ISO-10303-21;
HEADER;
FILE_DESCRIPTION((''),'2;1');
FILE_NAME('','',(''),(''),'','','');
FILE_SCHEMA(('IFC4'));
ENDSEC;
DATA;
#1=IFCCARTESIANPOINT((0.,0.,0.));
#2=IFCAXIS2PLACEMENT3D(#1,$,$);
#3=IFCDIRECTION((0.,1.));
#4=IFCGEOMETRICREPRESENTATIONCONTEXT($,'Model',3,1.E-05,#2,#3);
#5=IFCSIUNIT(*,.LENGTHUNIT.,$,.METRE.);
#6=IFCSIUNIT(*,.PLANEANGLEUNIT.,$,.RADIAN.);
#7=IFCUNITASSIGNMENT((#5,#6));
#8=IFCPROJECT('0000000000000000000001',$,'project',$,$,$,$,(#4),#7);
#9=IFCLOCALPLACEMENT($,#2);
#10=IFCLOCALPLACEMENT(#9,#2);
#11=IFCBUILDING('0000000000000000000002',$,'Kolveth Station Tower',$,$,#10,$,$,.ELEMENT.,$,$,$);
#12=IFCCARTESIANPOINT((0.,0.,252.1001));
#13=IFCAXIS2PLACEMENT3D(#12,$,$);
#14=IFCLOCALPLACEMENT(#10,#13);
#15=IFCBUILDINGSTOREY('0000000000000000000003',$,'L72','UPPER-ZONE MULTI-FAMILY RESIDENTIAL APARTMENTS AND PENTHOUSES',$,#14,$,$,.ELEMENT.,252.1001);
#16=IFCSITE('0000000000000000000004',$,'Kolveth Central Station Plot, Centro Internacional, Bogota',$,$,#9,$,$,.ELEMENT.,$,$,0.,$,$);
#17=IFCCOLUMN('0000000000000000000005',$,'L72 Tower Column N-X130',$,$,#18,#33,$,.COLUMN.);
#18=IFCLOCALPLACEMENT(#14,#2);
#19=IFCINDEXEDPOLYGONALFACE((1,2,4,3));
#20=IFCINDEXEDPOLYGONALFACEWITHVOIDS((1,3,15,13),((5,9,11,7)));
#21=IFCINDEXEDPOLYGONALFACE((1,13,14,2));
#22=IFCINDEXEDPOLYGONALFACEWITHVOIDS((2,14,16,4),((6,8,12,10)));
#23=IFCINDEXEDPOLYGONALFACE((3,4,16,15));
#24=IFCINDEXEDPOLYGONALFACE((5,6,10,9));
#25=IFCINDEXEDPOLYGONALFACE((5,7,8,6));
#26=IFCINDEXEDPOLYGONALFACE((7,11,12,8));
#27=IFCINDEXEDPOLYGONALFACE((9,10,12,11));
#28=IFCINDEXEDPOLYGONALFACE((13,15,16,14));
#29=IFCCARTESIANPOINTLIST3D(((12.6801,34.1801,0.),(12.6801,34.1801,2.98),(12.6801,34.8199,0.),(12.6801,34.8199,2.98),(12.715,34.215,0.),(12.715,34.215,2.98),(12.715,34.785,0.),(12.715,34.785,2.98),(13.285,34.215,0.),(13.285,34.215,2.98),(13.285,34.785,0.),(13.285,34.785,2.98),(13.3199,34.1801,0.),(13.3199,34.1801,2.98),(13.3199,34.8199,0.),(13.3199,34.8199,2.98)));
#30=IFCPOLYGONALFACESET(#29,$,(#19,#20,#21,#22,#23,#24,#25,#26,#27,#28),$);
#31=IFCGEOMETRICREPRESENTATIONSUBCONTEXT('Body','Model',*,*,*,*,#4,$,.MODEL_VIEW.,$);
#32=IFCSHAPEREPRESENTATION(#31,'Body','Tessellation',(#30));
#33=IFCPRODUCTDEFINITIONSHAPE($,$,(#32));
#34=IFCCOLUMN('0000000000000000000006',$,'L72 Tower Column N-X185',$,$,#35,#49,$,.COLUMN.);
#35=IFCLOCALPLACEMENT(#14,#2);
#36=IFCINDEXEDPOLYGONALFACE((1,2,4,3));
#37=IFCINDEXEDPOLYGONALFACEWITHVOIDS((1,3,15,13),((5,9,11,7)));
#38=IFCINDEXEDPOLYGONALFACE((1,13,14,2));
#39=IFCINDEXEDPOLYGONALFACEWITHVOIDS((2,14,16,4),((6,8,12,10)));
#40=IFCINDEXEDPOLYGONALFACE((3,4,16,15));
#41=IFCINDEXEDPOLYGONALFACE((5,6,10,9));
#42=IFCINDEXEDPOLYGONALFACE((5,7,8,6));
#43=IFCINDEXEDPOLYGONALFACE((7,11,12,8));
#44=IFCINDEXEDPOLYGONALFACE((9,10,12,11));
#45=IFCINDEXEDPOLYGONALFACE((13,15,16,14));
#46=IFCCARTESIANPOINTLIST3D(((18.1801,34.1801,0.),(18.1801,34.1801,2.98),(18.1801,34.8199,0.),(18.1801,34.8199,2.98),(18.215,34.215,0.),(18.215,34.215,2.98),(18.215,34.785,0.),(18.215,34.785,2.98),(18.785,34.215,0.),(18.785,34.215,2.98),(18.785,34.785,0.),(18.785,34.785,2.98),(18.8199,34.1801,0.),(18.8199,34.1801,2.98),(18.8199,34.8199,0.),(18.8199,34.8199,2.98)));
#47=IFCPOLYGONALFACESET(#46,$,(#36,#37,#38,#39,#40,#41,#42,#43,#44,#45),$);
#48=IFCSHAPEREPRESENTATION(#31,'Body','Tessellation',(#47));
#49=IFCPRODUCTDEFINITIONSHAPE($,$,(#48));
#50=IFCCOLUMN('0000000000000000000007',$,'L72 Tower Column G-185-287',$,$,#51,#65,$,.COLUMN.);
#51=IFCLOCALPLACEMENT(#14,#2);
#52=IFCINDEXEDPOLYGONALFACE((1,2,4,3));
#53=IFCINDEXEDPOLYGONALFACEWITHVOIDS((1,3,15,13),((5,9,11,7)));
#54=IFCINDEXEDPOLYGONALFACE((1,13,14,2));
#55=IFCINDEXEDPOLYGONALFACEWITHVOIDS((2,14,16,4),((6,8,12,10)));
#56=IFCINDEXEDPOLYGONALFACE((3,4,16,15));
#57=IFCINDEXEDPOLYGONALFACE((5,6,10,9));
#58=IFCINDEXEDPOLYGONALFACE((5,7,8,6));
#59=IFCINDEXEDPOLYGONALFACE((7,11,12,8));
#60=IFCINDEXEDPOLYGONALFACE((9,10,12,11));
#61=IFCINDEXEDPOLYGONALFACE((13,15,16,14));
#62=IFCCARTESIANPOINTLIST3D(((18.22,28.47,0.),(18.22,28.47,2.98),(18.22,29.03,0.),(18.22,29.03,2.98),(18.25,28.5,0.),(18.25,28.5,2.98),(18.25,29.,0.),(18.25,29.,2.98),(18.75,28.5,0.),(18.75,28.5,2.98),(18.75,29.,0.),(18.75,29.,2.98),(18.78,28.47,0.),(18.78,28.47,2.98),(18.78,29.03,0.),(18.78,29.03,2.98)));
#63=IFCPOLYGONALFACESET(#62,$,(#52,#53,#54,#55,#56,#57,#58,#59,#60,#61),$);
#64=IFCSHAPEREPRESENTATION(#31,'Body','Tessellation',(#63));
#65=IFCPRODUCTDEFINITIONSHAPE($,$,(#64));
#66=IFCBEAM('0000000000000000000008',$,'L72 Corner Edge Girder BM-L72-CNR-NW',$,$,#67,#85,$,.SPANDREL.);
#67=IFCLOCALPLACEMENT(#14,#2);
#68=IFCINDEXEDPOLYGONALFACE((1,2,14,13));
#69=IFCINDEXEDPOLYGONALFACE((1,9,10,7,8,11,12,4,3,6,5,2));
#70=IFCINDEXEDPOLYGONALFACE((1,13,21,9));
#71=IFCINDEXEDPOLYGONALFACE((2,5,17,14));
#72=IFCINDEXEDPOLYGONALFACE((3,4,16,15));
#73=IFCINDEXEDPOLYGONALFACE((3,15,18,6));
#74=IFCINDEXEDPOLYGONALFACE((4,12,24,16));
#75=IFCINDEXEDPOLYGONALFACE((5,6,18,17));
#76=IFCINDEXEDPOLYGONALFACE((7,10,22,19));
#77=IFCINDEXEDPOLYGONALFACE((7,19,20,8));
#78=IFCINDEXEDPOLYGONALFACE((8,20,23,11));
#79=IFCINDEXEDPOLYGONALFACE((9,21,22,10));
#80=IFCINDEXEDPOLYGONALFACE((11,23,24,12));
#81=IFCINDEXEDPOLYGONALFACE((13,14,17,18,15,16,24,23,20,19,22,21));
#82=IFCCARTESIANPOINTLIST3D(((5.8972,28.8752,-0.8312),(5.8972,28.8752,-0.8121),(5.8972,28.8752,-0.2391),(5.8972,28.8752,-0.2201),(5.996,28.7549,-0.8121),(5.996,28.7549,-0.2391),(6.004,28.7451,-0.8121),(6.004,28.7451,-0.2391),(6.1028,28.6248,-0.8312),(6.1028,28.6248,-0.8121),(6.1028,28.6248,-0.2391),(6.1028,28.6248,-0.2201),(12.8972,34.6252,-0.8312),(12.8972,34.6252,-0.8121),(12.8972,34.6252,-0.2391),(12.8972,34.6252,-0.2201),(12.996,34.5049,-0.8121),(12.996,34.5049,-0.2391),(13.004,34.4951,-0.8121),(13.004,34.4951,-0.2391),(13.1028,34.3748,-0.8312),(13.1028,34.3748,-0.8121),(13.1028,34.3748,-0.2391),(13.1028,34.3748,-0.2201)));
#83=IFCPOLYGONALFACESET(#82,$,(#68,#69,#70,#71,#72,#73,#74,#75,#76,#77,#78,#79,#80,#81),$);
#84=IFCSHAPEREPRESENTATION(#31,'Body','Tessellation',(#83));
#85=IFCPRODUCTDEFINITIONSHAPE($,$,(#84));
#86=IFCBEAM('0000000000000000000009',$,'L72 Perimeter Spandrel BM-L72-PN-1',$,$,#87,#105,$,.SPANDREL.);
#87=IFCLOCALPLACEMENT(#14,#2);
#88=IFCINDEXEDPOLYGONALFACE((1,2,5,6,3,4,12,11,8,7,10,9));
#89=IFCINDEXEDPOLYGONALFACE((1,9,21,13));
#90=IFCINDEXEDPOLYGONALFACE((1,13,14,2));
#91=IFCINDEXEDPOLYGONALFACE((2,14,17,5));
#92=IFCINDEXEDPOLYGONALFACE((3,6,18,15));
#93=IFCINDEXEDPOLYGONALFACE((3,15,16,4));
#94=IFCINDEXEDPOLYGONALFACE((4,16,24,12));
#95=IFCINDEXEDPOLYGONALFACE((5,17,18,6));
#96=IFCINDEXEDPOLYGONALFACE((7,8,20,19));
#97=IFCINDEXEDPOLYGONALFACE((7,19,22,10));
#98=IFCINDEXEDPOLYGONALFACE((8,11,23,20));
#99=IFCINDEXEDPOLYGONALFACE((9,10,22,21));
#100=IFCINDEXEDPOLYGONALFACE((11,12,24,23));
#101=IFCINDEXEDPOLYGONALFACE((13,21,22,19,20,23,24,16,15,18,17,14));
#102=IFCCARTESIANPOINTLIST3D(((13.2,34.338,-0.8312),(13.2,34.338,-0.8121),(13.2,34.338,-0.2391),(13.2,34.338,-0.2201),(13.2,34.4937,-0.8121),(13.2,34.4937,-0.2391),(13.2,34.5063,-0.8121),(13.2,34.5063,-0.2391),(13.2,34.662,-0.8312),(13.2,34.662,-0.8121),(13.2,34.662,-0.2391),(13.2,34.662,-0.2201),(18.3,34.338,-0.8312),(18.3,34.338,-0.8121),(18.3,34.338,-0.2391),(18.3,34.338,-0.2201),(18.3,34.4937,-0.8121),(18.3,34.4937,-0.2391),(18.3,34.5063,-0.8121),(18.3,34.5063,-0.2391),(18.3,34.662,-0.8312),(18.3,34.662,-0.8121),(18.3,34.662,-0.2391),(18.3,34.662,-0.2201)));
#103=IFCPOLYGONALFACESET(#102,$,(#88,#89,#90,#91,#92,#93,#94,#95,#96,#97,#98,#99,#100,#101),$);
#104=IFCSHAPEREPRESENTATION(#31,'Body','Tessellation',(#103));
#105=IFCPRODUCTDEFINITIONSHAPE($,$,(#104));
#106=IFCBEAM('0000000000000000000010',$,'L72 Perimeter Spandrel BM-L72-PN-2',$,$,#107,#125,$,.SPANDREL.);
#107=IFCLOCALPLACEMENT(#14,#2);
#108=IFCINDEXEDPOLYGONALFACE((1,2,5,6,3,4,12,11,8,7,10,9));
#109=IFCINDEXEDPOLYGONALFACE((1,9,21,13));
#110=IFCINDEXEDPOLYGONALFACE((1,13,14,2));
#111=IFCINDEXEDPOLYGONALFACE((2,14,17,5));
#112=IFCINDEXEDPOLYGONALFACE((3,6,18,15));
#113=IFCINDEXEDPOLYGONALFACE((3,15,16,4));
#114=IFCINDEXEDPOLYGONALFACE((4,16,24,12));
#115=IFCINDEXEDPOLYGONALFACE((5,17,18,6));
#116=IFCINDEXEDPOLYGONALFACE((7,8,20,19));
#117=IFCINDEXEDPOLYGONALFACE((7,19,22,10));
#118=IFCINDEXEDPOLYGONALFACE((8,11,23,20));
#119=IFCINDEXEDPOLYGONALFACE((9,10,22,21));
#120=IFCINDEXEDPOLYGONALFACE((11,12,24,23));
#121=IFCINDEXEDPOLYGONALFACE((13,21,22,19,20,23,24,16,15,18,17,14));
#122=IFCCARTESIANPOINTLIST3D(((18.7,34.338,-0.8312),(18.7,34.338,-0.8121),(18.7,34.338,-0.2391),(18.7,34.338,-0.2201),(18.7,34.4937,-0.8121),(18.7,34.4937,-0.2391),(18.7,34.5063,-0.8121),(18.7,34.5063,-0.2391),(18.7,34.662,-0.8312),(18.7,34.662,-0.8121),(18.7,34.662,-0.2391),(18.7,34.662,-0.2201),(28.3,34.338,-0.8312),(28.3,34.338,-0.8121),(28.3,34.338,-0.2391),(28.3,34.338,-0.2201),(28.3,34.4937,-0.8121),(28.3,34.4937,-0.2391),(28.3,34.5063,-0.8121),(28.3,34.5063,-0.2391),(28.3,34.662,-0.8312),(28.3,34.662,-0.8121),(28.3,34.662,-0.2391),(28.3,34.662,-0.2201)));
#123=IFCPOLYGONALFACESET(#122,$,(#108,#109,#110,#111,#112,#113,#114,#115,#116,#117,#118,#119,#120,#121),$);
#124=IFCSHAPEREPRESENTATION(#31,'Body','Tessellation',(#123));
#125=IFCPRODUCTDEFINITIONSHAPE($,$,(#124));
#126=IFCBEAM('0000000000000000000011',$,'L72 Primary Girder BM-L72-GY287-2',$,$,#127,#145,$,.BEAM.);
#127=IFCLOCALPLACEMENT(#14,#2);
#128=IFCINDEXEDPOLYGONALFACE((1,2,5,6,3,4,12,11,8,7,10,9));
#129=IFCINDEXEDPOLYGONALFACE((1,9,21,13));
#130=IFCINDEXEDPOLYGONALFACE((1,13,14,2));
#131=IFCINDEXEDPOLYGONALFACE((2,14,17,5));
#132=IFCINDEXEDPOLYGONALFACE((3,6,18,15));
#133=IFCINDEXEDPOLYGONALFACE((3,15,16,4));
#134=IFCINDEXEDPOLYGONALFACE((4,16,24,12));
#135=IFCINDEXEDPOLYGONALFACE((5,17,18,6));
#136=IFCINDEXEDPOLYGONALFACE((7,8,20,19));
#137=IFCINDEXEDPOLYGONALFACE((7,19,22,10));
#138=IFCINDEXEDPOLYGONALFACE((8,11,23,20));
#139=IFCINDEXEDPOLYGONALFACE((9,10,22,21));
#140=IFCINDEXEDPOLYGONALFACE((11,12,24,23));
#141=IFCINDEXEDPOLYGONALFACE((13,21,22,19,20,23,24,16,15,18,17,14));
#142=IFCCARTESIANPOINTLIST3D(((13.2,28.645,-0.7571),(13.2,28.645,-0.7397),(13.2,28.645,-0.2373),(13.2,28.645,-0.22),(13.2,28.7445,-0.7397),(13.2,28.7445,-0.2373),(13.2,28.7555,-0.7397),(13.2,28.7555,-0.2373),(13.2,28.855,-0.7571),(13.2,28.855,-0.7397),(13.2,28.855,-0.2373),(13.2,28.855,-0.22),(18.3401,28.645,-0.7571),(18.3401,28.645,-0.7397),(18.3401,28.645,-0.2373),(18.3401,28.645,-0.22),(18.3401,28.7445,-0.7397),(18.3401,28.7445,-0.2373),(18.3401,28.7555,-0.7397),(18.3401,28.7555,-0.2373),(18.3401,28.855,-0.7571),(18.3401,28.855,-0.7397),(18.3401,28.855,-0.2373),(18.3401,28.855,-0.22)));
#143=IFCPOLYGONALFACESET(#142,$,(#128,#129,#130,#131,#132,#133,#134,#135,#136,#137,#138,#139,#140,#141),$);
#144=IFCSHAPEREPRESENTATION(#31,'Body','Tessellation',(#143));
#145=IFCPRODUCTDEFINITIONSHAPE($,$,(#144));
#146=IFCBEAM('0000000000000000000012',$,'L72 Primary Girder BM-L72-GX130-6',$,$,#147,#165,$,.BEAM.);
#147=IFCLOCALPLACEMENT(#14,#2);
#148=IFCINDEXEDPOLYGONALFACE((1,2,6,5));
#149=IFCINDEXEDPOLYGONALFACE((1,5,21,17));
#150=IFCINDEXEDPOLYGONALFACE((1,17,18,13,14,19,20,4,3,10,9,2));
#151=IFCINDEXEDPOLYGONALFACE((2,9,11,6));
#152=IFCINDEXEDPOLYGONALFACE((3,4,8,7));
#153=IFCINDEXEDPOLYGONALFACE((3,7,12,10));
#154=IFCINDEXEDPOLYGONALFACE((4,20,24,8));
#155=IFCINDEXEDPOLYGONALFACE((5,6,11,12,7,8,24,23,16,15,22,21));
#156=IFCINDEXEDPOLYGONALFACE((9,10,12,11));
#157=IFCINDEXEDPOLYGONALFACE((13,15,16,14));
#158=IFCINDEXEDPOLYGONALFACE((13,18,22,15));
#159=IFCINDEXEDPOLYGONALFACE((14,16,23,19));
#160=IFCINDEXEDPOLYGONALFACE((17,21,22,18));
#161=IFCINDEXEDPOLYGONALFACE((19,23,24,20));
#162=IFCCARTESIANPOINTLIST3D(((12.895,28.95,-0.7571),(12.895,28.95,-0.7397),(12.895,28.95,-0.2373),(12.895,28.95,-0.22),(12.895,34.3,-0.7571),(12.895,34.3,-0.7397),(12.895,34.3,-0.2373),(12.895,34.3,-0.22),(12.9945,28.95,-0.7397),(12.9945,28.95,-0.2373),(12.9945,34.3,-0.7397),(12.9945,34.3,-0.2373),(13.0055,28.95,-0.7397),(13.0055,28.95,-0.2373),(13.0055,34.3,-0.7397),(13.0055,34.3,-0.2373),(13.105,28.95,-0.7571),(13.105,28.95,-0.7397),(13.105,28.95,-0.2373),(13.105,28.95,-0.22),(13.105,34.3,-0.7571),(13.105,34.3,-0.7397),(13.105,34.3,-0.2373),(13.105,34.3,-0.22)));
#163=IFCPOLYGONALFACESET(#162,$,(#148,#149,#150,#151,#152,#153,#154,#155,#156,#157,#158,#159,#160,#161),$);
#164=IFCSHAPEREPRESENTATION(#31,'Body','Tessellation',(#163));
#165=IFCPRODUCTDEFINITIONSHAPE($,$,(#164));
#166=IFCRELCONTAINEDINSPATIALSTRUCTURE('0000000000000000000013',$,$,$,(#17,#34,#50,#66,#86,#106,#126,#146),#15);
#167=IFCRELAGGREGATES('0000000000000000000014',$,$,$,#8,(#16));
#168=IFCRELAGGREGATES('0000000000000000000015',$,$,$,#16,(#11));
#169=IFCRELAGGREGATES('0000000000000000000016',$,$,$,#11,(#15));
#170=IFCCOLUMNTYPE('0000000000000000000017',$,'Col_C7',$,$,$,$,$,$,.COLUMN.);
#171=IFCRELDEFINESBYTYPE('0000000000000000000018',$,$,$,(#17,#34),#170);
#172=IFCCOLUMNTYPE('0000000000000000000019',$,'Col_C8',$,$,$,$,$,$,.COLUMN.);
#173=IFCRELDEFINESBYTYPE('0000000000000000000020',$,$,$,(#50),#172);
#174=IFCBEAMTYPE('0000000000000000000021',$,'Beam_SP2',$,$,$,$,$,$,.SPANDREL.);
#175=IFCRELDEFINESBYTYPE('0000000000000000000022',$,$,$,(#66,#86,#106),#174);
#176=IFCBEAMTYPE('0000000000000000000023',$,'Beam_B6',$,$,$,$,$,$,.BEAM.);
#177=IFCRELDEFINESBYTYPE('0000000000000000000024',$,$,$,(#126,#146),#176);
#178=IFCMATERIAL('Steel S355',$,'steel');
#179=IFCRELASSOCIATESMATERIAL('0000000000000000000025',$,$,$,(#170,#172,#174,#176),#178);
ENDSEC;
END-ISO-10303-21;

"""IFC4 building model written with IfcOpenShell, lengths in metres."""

from ifc_helpers import new_model, si_unit, direction, frame, origin, origin_2d, place, context, subcontext, project, spatial, hollow_rectangle, i_section, extrude, source, transform, mapped, material, material_profile, profile_set, type_object, element, save


model = new_model("IFC4")

# Units and contexts
model_context = context("Model", 3, precision=1e-05, world=origin(), true_north=direction((0.0, 1.0)))
body_context = subcontext(model_context, "Body", "Model", "MODEL_VIEW")
ifc_project = project(units=[si_unit("LENGTHUNIT", "METRE"), si_unit("PLANEANGLEUNIT", "RADIAN")], contexts=[model_context])

# Site, building, storey
site_placement = place(None, origin())
site = spatial("IfcSite", under=ifc_project, at=site_placement, Name="Kolveth Central Station Plot, Centro Internacional, Bogota", CompositionType="ELEMENT", RefElevation=0.0)
building_placement = place(site_placement, origin())
building = spatial("IfcBuilding", under=site, at=building_placement, Name="Kolveth Station Tower", CompositionType="ELEMENT")
storey_placement = place(building_placement, frame((0.0, 0.0, 252.1001)))
storey = spatial("IfcBuildingStorey", under=building, at=storey_placement, Name="L72", Description="UPPER-ZONE MULTI-FAMILY RESIDENTIAL APARTMENTS AND PENTHOUSES", CompositionType="ELEMENT", Elevation=252.1001)

# Columns
ifc_material_1 = material(Name="Steel S355", Category="steel")
ifc_material_profile_1 = material_profile(ifc_material_1, hollow_rectangle(XDim=0.6399, YDim=0.6399, WallThickness=0.0349, at=origin_2d()), Name="BOX640x640x35")
ifc_profile_set_1 = profile_set([ifc_material_profile_1], Name="Steel S355")
column_type_1 = type_object("IfcColumnType", Name="Col_C7", PredefinedType="COLUMN", material=ifc_profile_set_1)
shared_shape_1 = source(origin(), body_context, "Body", "SweptSolid", [
    extrude(hollow_rectangle(XDim=0.6399, YDim=0.6399, WallThickness=0.0349, at=origin_2d()), origin(), (0.0, 0.0, 1.0), 2.98),
])
for number, where, z_axis, x_axis, name in (
    (1, (13.0, 34.5, 0.0), (0.0, 0.0, 1.0), (1.0, 0.0, 0.0), "L72 Tower Column N-X130"),
    (2, (18.5, 34.5, 0.0), (0.0, 0.0, 1.0), (1.0, 0.0, 0.0), "L72 Tower Column N-X185"),
):
    element("IfcColumn", number, at=place(storey_placement, frame(where, z_axis=z_axis, x_axis=x_axis)), inside=storey, type_object=column_type_1, Name=name, PredefinedType="COLUMN", context=body_context, shape_type="MappedRepresentation", body=[
        mapped(shared_shape_1, transform((0.0, 0.0, 0.0), x_axis=(1.0, 0.0, 0.0), y_axis=(0.0, 1.0, 0.0), z_axis=(0.0, 0.0, 1.0), scale=1.0)),
    ])
ifc_material_profile_2 = material_profile(ifc_material_1, hollow_rectangle(XDim=0.5601, YDim=0.5601, WallThickness=0.03, at=origin_2d()), Name="BOX560x560x30")
ifc_profile_set_2 = profile_set([ifc_material_profile_2], Name="Steel S355")
column_type_2 = type_object("IfcColumnType", Name="Col_C8", PredefinedType="COLUMN", material=ifc_profile_set_2)
shared_shape_2 = source(origin(), body_context, "Body", "SweptSolid", [
    extrude(hollow_rectangle(XDim=0.5601, YDim=0.5601, WallThickness=0.03, at=origin_2d()), origin(), (0.0, 0.0, 1.0), 2.98),
])
column_placement = place(storey_placement, frame((18.5, 28.75, 0.0), z_axis=(0.0, 0.0, 1.0), x_axis=(1.0, 0.0, 0.0)))
element("IfcColumn", 3, at=column_placement, inside=storey, type_object=column_type_2, Name="L72 Tower Column G-185-287", PredefinedType="COLUMN", context=body_context, shape_type="MappedRepresentation", body=[
    mapped(shared_shape_2, transform((0.0, 0.0, 0.0), x_axis=(1.0, 0.0, 0.0), y_axis=(0.0, 1.0, 0.0), z_axis=(0.0, 0.0, 1.0), scale=1.0)),
])

# Beams
ifc_material_profile_3 = material_profile(ifc_material_1, i_section(OverallWidth=0.324, OverallDepth=0.6111, WebThickness=0.0127, FlangeThickness=0.019, at=origin_2d()), Name="W610x155")
ifc_profile_set_3 = profile_set([ifc_material_profile_3], Name="Steel S355")
beam_type_1 = type_object("IfcBeamType", Name="Beam_SP2", PredefinedType="SPANDREL", material=ifc_profile_set_3)
shared_shape_3 = source(origin(), body_context, "Body", "SweptSolid", [
    extrude(i_section(OverallWidth=0.324, OverallDepth=0.6111, WebThickness=0.0127, FlangeThickness=0.019, at=origin_2d()), origin(), (0.0, 0.0, 1.0), 9.0588),
])
beam_1_placement = place(storey_placement, frame((13.0, 34.5, -0.5256), z_axis=(-0.772726, -0.634739, 0.0), x_axis=(0.634739, -0.772726, 0.0)))
element("IfcBeam", 4, at=beam_1_placement, inside=storey, type_object=beam_type_1, Name="L72 Corner Edge Girder BM-L72-CNR-NW", PredefinedType="SPANDREL", context=body_context, shape_type="MappedRepresentation", body=[
    mapped(shared_shape_3, transform((0.0, 0.0, 0.0), x_axis=(1.0, 0.0, 0.0), y_axis=(0.0, 1.0, 0.0), z_axis=(0.0, 0.0, 1.0), scale=1.0)),
])
shared_shape_4 = source(origin(), body_context, "Body", "SweptSolid", [
    extrude(i_section(OverallWidth=0.324, OverallDepth=0.6111, WebThickness=0.0127, FlangeThickness=0.019, at=origin_2d()), origin(), (0.0, 0.0, 1.0), 5.1001),
])
beam_2_placement = place(storey_placement, frame((13.2, 34.5, -0.5256), z_axis=(1.0, 0.0, 0.0), x_axis=(0.0, 1.0, 0.0)))
element("IfcBeam", 5, at=beam_2_placement, inside=storey, type_object=beam_type_1, Name="L72 Perimeter Spandrel BM-L72-PN-1", PredefinedType="SPANDREL", context=body_context, shape_type="MappedRepresentation", body=[
    mapped(shared_shape_4, transform((0.0, 0.0, 0.0), x_axis=(1.0, 0.0, 0.0), y_axis=(0.0, 1.0, 0.0), z_axis=(0.0, 0.0, 1.0), scale=1.0)),
])
shared_shape_5 = source(origin(), body_context, "Body", "SweptSolid", [
    extrude(i_section(OverallWidth=0.324, OverallDepth=0.6111, WebThickness=0.0127, FlangeThickness=0.019, at=origin_2d()), origin(), (0.0, 0.0, 1.0), 9.6001),
])
beam_3_placement = place(storey_placement, frame((18.7, 34.5, -0.5256), z_axis=(1.0, 0.0, 0.0), x_axis=(0.0, 1.0, 0.0)))
element("IfcBeam", 6, at=beam_3_placement, inside=storey, type_object=beam_type_1, Name="L72 Perimeter Spandrel BM-L72-PN-2", PredefinedType="SPANDREL", context=body_context, shape_type="MappedRepresentation", body=[
    mapped(shared_shape_5, transform((0.0, 0.0, 0.0), x_axis=(1.0, 0.0, 0.0), y_axis=(0.0, 1.0, 0.0), z_axis=(0.0, 0.0, 1.0), scale=1.0)),
])
ifc_material_profile_4 = material_profile(ifc_material_1, i_section(OverallWidth=0.21, OverallDepth=0.5371, WebThickness=0.011, FlangeThickness=0.0173, at=origin_2d()), Name="W530x101")
ifc_profile_set_4 = profile_set([ifc_material_profile_4], Name="Steel S355")
beam_type_2 = type_object("IfcBeamType", Name="Beam_B6", PredefinedType="BEAM", material=ifc_profile_set_4)
shared_shape_6 = source(origin(), body_context, "Body", "SweptSolid", [
    extrude(i_section(OverallWidth=0.21, OverallDepth=0.5371, WebThickness=0.011, FlangeThickness=0.0173, at=origin_2d()), origin(), (0.0, 0.0, 1.0), 5.1401),
])
beam_4_placement = place(storey_placement, frame((13.2, 28.75, -0.4885), z_axis=(1.0, 0.0, 0.0), x_axis=(0.0, 1.0, 0.0)))
element("IfcBeam", 7, at=beam_4_placement, inside=storey, type_object=beam_type_2, Name="L72 Primary Girder BM-L72-GY287-2", PredefinedType="BEAM", context=body_context, shape_type="MappedRepresentation", body=[
    mapped(shared_shape_6, transform((0.0, 0.0, 0.0), x_axis=(1.0, 0.0, 0.0), y_axis=(0.0, 1.0, 0.0), z_axis=(0.0, 0.0, 1.0), scale=1.0)),
])
shared_shape_7 = source(origin(), body_context, "Body", "SweptSolid", [
    extrude(i_section(OverallWidth=0.21, OverallDepth=0.5371, WebThickness=0.011, FlangeThickness=0.0173, at=origin_2d()), origin(), (0.0, 0.0, 1.0), 5.3501),
])
beam_5_placement = place(storey_placement, frame((13.0, 28.95, -0.4885), z_axis=(0.0, 1.0, 0.0), x_axis=(-1.0, 0.0, 0.0)))
element("IfcBeam", 8, at=beam_5_placement, inside=storey, type_object=beam_type_2, Name="L72 Primary Girder BM-L72-GX130-6", PredefinedType="BEAM", context=body_context, shape_type="MappedRepresentation", body=[
    mapped(shared_shape_7, transform((0.0, 0.0, 0.0), x_axis=(1.0, 0.0, 0.0), y_axis=(0.0, 1.0, 0.0), z_axis=(0.0, 0.0, 1.0), scale=1.0)),
])

save(model, "model.ifc")
